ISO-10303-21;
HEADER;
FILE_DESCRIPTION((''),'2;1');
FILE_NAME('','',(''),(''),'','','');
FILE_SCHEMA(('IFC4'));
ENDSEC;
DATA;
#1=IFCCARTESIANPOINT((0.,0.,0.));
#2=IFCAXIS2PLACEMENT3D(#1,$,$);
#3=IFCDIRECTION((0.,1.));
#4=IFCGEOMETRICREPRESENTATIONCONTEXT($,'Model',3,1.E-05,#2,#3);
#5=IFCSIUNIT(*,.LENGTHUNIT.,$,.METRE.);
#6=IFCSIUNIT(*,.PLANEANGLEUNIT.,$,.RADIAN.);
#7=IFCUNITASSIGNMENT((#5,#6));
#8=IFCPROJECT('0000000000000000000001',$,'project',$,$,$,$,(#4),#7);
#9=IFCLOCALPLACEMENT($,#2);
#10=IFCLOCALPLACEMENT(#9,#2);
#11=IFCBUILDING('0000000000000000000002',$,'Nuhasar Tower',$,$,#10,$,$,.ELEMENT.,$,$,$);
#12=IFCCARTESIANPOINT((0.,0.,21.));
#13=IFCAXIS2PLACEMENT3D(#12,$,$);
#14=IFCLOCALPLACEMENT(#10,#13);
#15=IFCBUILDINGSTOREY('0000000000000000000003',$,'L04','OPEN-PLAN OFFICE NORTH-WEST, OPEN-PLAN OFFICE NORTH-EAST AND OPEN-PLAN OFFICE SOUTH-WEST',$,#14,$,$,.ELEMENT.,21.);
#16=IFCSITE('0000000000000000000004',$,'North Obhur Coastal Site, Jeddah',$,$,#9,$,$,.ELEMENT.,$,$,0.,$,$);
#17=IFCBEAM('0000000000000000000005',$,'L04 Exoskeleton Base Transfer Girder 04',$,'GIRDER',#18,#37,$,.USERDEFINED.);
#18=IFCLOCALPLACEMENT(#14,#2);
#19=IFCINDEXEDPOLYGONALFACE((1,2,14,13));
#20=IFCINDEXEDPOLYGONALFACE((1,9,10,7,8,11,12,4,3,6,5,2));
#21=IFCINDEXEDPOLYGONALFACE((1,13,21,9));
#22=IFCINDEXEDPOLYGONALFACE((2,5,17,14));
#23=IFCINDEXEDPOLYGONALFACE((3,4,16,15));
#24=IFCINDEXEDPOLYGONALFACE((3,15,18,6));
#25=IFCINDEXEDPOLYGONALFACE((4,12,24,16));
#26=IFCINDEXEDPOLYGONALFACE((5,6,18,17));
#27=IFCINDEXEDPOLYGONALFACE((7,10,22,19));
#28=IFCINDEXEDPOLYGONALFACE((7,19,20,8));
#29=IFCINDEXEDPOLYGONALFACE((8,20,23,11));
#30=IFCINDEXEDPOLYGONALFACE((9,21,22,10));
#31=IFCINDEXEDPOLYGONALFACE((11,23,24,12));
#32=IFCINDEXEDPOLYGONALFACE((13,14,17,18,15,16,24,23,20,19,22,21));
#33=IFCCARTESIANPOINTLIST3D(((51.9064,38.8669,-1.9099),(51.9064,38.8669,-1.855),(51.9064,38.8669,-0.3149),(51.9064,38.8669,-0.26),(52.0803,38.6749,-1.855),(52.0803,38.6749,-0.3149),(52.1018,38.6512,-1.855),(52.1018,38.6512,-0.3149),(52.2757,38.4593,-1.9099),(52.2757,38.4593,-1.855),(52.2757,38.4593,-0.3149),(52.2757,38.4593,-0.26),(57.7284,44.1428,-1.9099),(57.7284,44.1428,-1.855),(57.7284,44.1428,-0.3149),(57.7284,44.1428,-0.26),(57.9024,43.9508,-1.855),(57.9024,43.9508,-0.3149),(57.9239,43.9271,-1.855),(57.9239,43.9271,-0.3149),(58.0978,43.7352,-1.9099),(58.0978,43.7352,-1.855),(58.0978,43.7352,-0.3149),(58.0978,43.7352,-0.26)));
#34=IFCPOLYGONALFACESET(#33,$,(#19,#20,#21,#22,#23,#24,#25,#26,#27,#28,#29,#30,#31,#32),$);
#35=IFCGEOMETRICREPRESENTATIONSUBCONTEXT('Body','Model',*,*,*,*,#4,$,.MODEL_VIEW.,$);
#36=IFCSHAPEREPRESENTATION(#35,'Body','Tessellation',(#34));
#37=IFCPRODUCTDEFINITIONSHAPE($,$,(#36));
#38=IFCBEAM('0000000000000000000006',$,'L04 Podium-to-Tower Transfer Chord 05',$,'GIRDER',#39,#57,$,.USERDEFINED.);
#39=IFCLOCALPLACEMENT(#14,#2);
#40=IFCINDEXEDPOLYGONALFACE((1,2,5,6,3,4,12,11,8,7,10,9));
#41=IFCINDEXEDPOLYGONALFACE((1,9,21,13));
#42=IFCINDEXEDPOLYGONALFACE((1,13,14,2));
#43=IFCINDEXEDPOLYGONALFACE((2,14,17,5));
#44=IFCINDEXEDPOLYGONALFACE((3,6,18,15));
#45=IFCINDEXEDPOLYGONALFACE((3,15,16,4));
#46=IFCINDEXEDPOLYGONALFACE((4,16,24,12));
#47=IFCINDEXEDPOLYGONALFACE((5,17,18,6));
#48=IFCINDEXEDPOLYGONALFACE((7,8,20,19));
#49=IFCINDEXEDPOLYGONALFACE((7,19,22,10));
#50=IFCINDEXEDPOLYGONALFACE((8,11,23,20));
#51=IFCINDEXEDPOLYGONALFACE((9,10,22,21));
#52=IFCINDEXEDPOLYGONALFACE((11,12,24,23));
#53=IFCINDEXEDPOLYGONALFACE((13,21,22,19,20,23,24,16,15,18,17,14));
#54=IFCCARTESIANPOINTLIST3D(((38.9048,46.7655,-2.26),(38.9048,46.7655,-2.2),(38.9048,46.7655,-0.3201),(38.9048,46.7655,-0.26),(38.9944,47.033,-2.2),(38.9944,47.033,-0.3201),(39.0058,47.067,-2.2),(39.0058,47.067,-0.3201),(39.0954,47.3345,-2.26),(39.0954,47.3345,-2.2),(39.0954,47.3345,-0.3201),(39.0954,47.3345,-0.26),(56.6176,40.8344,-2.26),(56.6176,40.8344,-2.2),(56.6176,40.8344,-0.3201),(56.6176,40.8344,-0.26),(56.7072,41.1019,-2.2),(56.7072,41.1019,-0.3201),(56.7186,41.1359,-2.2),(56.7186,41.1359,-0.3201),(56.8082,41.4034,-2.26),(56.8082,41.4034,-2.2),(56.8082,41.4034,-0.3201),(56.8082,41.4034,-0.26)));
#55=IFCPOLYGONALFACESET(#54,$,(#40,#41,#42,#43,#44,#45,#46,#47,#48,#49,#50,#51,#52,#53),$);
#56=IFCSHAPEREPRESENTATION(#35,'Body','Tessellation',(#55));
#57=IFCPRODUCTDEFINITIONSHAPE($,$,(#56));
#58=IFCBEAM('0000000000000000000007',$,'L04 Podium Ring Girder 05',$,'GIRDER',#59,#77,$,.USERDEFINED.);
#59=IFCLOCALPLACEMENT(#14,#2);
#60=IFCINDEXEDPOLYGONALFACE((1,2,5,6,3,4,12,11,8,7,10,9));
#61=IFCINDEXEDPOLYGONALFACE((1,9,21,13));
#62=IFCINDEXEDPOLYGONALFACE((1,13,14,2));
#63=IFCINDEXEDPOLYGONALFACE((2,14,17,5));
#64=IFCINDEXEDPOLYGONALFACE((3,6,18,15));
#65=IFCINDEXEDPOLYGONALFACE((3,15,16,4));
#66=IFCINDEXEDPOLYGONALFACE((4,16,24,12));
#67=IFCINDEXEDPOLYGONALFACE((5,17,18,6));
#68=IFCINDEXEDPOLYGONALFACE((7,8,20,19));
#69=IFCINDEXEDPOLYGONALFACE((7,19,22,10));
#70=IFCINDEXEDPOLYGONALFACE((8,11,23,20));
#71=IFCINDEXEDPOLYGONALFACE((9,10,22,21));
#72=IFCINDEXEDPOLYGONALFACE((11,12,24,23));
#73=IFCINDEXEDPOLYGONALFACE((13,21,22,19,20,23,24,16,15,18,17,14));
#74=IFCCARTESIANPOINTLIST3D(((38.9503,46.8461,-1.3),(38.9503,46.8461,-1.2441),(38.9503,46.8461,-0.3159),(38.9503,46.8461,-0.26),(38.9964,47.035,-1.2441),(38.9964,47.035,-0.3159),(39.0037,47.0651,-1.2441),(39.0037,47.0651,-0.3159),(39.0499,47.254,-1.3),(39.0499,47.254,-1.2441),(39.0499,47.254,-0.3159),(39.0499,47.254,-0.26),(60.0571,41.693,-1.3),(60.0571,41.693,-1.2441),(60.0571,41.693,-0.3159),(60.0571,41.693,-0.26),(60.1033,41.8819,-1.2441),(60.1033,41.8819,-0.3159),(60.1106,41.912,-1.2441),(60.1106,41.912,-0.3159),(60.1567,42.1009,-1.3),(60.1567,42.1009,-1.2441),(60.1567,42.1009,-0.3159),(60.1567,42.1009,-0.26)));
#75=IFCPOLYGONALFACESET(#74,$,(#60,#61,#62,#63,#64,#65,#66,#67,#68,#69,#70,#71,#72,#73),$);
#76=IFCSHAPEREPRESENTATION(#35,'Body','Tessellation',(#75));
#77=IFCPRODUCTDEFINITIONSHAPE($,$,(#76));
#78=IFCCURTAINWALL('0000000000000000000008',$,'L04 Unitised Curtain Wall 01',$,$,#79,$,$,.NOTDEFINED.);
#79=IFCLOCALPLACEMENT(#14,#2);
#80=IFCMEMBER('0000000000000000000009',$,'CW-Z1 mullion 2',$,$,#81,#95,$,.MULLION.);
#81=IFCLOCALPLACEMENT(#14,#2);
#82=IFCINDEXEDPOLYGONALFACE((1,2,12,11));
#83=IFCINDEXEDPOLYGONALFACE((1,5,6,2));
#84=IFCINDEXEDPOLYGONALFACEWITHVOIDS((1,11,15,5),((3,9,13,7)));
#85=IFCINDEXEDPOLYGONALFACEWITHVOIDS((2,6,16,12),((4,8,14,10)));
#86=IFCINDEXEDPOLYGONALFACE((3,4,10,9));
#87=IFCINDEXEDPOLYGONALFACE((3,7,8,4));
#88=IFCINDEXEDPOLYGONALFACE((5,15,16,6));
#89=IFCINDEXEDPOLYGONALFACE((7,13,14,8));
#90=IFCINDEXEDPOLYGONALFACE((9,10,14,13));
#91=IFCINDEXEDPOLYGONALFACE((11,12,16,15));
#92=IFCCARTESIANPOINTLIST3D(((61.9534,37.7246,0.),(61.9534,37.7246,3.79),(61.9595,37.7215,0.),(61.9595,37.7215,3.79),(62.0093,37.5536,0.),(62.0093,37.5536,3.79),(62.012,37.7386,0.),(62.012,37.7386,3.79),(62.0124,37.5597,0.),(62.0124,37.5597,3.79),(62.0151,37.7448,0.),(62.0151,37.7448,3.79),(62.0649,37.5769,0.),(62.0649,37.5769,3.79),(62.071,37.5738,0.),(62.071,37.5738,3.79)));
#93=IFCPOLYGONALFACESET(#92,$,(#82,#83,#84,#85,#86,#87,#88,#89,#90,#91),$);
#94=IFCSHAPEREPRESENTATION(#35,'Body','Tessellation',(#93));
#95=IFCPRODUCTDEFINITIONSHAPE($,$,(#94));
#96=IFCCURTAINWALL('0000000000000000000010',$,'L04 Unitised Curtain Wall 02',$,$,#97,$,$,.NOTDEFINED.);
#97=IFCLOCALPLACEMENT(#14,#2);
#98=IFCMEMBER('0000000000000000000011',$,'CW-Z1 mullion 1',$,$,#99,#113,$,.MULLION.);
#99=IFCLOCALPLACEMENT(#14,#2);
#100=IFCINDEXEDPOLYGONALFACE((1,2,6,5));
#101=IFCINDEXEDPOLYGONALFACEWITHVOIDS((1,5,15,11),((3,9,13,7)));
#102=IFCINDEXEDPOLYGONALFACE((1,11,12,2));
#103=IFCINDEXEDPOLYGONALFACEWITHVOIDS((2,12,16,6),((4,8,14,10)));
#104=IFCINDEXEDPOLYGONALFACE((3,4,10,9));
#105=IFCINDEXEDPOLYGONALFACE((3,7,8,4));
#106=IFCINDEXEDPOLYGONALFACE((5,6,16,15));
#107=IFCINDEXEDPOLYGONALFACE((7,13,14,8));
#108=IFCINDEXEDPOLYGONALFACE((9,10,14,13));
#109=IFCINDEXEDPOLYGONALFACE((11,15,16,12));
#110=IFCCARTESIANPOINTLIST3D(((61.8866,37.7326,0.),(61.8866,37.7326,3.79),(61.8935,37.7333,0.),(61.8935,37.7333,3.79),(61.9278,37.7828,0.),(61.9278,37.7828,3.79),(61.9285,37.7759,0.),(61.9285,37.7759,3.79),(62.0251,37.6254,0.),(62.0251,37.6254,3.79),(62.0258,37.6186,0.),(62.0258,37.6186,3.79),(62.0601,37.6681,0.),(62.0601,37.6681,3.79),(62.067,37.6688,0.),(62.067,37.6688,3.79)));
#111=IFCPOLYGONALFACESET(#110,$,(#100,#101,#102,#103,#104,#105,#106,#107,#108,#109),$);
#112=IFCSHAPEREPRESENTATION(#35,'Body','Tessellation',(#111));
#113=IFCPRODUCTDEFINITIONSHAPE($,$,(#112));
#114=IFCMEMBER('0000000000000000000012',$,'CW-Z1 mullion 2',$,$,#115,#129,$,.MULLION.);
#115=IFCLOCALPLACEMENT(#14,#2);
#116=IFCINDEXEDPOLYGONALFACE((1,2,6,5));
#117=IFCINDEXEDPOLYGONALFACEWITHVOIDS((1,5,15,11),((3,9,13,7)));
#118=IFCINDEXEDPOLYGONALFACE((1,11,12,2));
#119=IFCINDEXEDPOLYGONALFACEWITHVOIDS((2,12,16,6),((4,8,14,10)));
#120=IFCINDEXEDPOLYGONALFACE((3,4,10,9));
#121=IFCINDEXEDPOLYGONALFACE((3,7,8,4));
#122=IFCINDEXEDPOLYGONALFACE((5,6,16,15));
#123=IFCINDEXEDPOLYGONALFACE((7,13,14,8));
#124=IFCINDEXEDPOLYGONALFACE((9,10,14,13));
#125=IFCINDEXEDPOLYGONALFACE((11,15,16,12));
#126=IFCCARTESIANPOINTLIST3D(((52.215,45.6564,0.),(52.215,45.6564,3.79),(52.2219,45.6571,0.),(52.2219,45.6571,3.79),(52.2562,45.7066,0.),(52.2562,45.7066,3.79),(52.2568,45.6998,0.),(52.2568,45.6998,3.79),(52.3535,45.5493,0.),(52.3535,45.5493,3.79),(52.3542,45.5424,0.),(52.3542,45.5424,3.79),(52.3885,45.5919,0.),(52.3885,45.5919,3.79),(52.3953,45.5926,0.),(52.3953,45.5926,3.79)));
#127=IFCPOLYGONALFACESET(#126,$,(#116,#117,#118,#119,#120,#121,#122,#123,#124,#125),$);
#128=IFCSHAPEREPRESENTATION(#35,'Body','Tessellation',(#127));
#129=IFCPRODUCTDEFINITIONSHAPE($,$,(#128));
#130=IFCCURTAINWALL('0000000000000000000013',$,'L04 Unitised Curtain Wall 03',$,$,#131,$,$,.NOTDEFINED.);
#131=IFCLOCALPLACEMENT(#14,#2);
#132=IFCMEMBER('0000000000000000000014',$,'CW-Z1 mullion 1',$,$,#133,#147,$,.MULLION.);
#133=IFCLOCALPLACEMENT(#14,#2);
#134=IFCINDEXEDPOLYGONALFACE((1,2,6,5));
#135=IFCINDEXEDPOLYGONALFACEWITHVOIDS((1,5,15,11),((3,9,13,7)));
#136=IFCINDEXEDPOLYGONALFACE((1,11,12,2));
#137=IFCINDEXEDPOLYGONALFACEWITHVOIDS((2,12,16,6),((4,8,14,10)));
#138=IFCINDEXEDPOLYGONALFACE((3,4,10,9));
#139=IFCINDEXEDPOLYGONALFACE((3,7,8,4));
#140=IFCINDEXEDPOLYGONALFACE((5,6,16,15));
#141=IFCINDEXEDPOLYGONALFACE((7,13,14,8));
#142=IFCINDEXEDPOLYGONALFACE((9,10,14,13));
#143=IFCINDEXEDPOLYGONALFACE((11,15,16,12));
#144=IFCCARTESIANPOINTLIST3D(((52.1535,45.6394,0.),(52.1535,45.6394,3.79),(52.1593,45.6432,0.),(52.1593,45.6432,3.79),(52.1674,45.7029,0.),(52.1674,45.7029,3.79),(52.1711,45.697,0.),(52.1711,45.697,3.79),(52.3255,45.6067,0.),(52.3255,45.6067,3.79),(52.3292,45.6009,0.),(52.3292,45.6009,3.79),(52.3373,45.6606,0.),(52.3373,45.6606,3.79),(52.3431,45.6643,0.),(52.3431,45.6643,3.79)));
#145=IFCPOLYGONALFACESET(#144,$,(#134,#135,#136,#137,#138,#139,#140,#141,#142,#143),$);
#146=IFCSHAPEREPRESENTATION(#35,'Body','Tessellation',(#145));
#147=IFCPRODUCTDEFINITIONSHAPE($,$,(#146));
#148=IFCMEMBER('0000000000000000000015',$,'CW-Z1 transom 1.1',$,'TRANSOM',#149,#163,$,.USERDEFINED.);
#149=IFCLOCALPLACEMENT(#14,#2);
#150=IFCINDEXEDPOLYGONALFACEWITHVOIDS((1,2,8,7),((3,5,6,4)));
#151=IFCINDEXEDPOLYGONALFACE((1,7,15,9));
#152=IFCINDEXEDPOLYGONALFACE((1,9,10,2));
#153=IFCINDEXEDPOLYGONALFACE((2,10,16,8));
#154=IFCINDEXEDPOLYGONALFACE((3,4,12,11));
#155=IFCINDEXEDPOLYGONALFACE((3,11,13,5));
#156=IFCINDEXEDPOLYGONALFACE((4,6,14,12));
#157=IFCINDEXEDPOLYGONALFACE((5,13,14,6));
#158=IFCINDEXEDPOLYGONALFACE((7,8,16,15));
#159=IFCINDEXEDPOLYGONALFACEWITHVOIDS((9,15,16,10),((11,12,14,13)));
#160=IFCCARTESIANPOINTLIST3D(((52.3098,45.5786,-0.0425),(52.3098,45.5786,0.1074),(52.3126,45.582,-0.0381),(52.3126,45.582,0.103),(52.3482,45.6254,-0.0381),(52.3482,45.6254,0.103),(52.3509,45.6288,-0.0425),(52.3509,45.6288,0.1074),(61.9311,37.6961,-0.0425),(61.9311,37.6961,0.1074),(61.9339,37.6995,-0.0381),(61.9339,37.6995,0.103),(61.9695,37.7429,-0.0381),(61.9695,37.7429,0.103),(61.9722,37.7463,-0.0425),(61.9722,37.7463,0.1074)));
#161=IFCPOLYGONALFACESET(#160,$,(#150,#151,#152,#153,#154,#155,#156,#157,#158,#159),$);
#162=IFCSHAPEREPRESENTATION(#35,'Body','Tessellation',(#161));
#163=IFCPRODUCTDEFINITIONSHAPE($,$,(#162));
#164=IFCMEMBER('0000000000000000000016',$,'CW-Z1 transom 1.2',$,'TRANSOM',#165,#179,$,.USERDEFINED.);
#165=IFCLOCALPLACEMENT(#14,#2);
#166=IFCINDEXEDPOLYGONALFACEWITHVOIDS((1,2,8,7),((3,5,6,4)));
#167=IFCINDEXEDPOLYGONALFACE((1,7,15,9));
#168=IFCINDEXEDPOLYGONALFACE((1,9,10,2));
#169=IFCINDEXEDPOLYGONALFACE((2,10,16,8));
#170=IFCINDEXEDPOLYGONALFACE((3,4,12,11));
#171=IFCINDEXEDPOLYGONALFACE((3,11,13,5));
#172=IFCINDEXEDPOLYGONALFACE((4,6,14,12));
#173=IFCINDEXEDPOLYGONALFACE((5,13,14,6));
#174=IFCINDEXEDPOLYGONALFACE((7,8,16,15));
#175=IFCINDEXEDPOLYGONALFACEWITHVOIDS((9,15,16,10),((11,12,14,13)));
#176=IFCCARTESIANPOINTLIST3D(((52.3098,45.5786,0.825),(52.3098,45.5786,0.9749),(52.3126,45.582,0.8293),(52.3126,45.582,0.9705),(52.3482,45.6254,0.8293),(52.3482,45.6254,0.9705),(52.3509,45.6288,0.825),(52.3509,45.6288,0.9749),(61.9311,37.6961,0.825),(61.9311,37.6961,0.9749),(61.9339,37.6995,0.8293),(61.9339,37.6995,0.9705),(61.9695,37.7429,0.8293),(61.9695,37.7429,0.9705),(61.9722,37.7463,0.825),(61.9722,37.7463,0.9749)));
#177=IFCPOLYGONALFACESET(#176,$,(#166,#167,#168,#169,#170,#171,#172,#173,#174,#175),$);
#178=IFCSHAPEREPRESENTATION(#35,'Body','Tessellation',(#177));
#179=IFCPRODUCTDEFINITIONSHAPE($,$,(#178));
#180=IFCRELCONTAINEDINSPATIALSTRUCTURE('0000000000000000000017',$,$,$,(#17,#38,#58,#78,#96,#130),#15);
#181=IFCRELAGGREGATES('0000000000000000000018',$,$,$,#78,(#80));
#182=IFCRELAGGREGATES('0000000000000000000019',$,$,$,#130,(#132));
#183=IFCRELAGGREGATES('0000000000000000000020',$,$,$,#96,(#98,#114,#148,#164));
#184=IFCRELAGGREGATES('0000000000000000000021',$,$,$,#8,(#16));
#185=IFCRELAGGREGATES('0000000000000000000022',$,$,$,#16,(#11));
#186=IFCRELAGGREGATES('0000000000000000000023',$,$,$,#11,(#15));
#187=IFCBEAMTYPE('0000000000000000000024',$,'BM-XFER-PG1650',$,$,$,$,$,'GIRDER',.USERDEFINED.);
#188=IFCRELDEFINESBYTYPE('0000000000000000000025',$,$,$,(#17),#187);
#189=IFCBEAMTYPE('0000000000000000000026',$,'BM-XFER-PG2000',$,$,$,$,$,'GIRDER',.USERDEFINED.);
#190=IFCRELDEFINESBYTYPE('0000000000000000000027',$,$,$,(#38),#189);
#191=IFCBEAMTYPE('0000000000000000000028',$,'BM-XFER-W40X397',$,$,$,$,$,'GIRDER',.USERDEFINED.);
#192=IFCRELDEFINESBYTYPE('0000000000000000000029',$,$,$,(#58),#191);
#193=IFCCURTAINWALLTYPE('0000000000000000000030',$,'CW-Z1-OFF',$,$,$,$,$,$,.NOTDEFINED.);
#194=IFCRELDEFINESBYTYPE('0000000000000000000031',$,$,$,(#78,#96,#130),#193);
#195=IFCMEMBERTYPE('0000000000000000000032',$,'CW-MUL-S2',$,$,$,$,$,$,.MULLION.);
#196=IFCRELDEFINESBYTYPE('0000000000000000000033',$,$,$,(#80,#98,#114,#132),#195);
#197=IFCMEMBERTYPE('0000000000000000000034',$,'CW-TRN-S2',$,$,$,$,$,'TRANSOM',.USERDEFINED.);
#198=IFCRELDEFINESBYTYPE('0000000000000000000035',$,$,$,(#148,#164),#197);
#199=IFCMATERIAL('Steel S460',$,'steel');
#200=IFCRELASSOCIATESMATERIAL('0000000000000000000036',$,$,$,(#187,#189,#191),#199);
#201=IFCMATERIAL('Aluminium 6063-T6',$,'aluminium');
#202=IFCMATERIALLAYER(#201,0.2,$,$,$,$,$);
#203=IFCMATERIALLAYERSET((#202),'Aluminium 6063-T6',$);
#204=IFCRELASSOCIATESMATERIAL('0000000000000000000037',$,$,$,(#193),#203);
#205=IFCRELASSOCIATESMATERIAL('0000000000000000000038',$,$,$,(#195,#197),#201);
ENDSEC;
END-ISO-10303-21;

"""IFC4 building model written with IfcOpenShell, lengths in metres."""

from ifc_helpers import new_model, si_unit, direction, frame, origin, origin_2d, place, context, subcontext, project, spatial, hollow_rectangle, i_section, extrude, material, layer, layer_set, material_profile, profile_set, type_object, element, aggregate, save


model = new_model("IFC4")

# Units and contexts
model_context = context("Model", 3, precision=1e-05, world=origin(), true_north=direction((0.0, 1.0)))
body_context = subcontext(model_context, "Body", "Model", "MODEL_VIEW")
ifc_project = project(units=[si_unit("LENGTHUNIT", "METRE"), si_unit("PLANEANGLEUNIT", "RADIAN")], contexts=[model_context])

# Site, building, storey
site_placement = place(None, origin())
site = spatial("IfcSite", under=ifc_project, at=site_placement, Name="North Obhur Coastal Site, Jeddah", CompositionType="ELEMENT", RefElevation=0.0)
building_placement = place(site_placement, origin())
building = spatial("IfcBuilding", under=site, at=building_placement, Name="Nuhasar Tower", CompositionType="ELEMENT")
storey_placement = place(building_placement, frame((0.0, 0.0, 21.0)))
storey = spatial("IfcBuildingStorey", under=building, at=storey_placement, Name="L04", Description="OPEN-PLAN OFFICE NORTH-WEST, OPEN-PLAN OFFICE NORTH-EAST AND OPEN-PLAN OFFICE SOUTH-WEST", CompositionType="ELEMENT", Elevation=21.0)

# Beams
ifc_material_1 = material(Name="Steel S460", Category="steel")
ifc_material_profile_1 = material_profile(ifc_material_1, i_section(OverallWidth=0.55, OverallDepth=1.6499, WebThickness=0.032, FlangeThickness=0.0549, at=origin_2d()), Name="PG1650X550")
ifc_profile_set_1 = profile_set([ifc_material_profile_1], Name="Steel S460")
beam_type_1 = type_object("IfcBeamType", Name="BM-XFER-PG1650", ElementType="GIRDER", PredefinedType="USERDEFINED", material=ifc_profile_set_1)
beam_1_placement = place(storey_placement, frame((52.0911, 38.6631, -1.085), z_axis=(0.741008, 0.671496, 0.0), x_axis=(-0.671496, 0.741008, 0.0)))
element("IfcBeam", 1, at=beam_1_placement, inside=storey, type_object=beam_type_1, Name="L04 Exoskeleton Base Transfer Girder 04", ObjectType="GIRDER", PredefinedType="USERDEFINED", context=body_context, shape_type="SweptSolid", body=[
    extrude(i_section(OverallWidth=0.55, OverallDepth=1.6499, WebThickness=0.032, FlangeThickness=0.0549, at=origin_2d()), origin(), (0.0, 0.0, 1.0), 7.8569),
])
ifc_material_profile_2 = material_profile(ifc_material_1, i_section(OverallWidth=0.6001, OverallDepth=2.0, WebThickness=0.0359, FlangeThickness=0.0601, at=origin_2d()), Name="PG2000X600")
ifc_profile_set_2 = profile_set([ifc_material_profile_2], Name="Steel S460")
beam_type_2 = type_object("IfcBeamType", Name="BM-XFER-PG2000", ElementType="GIRDER", PredefinedType="USERDEFINED", material=ifc_profile_set_2)
beam_2_placement = place(storey_placement, frame((56.7129, 41.1189, -1.26), z_axis=(-0.948251, 0.317521, 0.0), x_axis=(-0.317521, -0.948251, 0.0)))
element("IfcBeam", 2, at=beam_2_placement, inside=storey, type_object=beam_type_2, Name="L04 Podium-to-Tower Transfer Chord 05", ObjectType="GIRDER", PredefinedType="USERDEFINED", context=body_context, shape_type="SweptSolid", body=[
    extrude(i_section(OverallWidth=0.6001, OverallDepth=2.0, WebThickness=0.0359, FlangeThickness=0.0601, at=origin_2d()), origin(), (0.0, 0.0, 1.0), 18.6794),
])
ifc_material_profile_3 = material_profile(ifc_material_1, i_section(OverallWidth=0.4199, OverallDepth=1.04, WebThickness=0.031, FlangeThickness=0.0559, at=origin_2d()), Name="W40X397")
ifc_profile_set_3 = profile_set([ifc_material_profile_3], Name="Steel S460")
beam_type_3 = type_object("IfcBeamType", Name="BM-XFER-W40X397", ElementType="GIRDER", PredefinedType="USERDEFINED", material=ifc_profile_set_3)
beam_3_placement = place(storey_placement, frame((60.1069, 41.897, -0.78), z_axis=(-0.971467, 0.237175, 0.0), x_axis=(-0.237175, -0.971467, 0.0)))
element("IfcBeam", 3, at=beam_3_placement, inside=storey, type_object=beam_type_3, Name="L04 Podium Ring Girder 05", ObjectType="GIRDER", PredefinedType="USERDEFINED", context=body_context, shape_type="SweptSolid", body=[
    extrude(i_section(OverallWidth=0.4199, OverallDepth=1.04, WebThickness=0.031, FlangeThickness=0.0559, at=origin_2d()), origin(), (0.0, 0.0, 1.0), 21.7268),
])

# Curtain wall, member
ifc_material_2 = material(Name="Aluminium 6063-T6", Category="aluminium")
ifc_layer_1 = layer(ifc_material_2, 0.2)
ifc_layer_set_1 = layer_set([ifc_layer_1], Name="Aluminium 6063-T6")
curtain_wall_type = type_object("IfcCurtainWallType", Name="CW-Z1-OFF", PredefinedType="NOTDEFINED", material=ifc_layer_set_1)
curtain_wall_1_placement = place(storey_placement, origin())
curtain_wall_1 = element("IfcCurtainWall", 4, at=curtain_wall_1_placement, inside=storey, type_object=curtain_wall_type, Name="L04 Unitised Curtain Wall 01", PredefinedType="NOTDEFINED")
ifc_material_profile_4 = material_profile(ifc_material_2, hollow_rectangle(XDim=0.0649, YDim=0.1799, WallThickness=0.0049, at=origin_2d()), Name="CWM-2")
ifc_profile_set_4 = profile_set([ifc_material_profile_4], Name="Aluminium 6063-T6")
member_type_1 = type_object("IfcMemberType", Name="CW-MUL-S2", PredefinedType="MULLION", material=ifc_profile_set_4)
member_1_placement = place(storey_placement, frame((62.0122, 37.6492, 0.0), z_axis=(0.0, 0.0, 1.0), x_axis=(-0.950468, -0.310824, 0.0)))
member_1 = element("IfcMember", 5, at=member_1_placement, type_object=member_type_1, Name="CW-Z1 mullion 2", PredefinedType="MULLION", context=body_context, shape_type="SweptSolid", body=[
    extrude(hollow_rectangle(XDim=0.0649, YDim=0.1799, WallThickness=0.0049, at=origin_2d()), origin(), (0.0, 0.0, 1.0), 3.79),
])
aggregate(curtain_wall_1, [member_1])

# Curtain wall, members
curtain_wall_2_placement = place(storey_placement, origin())
curtain_wall_2 = element("IfcCurtainWall", 6, at=curtain_wall_2_placement, inside=storey, type_object=curtain_wall_type, Name="L04 Unitised Curtain Wall 02", PredefinedType="NOTDEFINED")
member_2_placement = place(storey_placement, frame((61.9768, 37.7007, 0.0), z_axis=(0.0, 0.0, 1.0), x_axis=(-0.633745, -0.773542, 0.0)))
member_2 = element("IfcMember", 7, at=member_2_placement, type_object=member_type_1, Name="CW-Z1 mullion 1", PredefinedType="MULLION", context=body_context, shape_type="SweptSolid", body=[
    extrude(hollow_rectangle(XDim=0.0649, YDim=0.1799, WallThickness=0.0049, at=origin_2d()), origin(), (0.0, 0.0, 1.0), 3.79),
])
member_3_placement = place(storey_placement, frame((52.3052, 45.6245, 0.0), z_axis=(0.0, 0.0, 1.0), x_axis=(-0.633745, -0.773542, 0.0)))
member_3 = element("IfcMember", 8, at=member_3_placement, type_object=member_type_1, Name="CW-Z1 mullion 2", PredefinedType="MULLION", context=body_context, shape_type="SweptSolid", body=[
    extrude(hollow_rectangle(XDim=0.0649, YDim=0.1799, WallThickness=0.0049, at=origin_2d()), origin(), (0.0, 0.0, 1.0), 3.79),
])

# Curtain wall, member
curtain_wall_3_placement = place(storey_placement, origin())
curtain_wall_3 = element("IfcCurtainWall", 9, at=curtain_wall_3_placement, inside=storey, type_object=curtain_wall_type, Name="L04 Unitised Curtain Wall 03", PredefinedType="NOTDEFINED")
member_4_placement = place(storey_placement, frame((52.2483, 45.6519, 0.0), z_axis=(0.0, 0.0, 1.0), x_axis=(-0.214399, -0.976746, 0.0)))
member_4 = element("IfcMember", 10, at=member_4_placement, type_object=member_type_1, Name="CW-Z1 mullion 1", PredefinedType="MULLION", context=body_context, shape_type="SweptSolid", body=[
    extrude(hollow_rectangle(XDim=0.0649, YDim=0.1799, WallThickness=0.0049, at=origin_2d()), origin(), (0.0, 0.0, 1.0), 3.79),
])

# Members
ifc_material_profile_5 = material_profile(ifc_material_2, hollow_rectangle(XDim=0.0649, YDim=0.1499, WallThickness=0.0044, at=origin_2d()), Name="CWT-2")
ifc_profile_set_5 = profile_set([ifc_material_profile_5], Name="Aluminium 6063-T6")
member_type_2 = type_object("IfcMemberType", Name="CW-TRN-S2", ElementType="TRANSOM", PredefinedType="USERDEFINED", material=ifc_profile_set_5)
member_5_placement = place(storey_placement, frame((61.9517, 37.7212, 0.0325), z_axis=(-0.773541, 0.633746, 0.0), x_axis=(-0.633746, -0.773541, 0.0)))
member_5 = element("IfcMember", 11, at=member_5_placement, type_object=member_type_2, Name="CW-Z1 transom 1.1", ObjectType="TRANSOM", PredefinedType="USERDEFINED", context=body_context, shape_type="SweptSolid", body=[
    extrude(hollow_rectangle(XDim=0.0649, YDim=0.1499, WallThickness=0.0044, at=origin_2d()), origin(), (0.0, 0.0, 1.0), 12.438),
])
member_6_placement = place(storey_placement, frame((61.9517, 37.7212, 0.8999), z_axis=(-0.773541, 0.633746, 0.0), x_axis=(-0.633746, -0.773541, 0.0)))
member_6 = element("IfcMember", 12, at=member_6_placement, type_object=member_type_2, Name="CW-Z1 transom 1.2", ObjectType="TRANSOM", PredefinedType="USERDEFINED", context=body_context, shape_type="SweptSolid", body=[
    extrude(hollow_rectangle(XDim=0.0649, YDim=0.1499, WallThickness=0.0044, at=origin_2d()), origin(), (0.0, 0.0, 1.0), 12.438),
])
aggregate(curtain_wall_3, [member_4])

aggregate(curtain_wall_2, [member_2, member_3, member_5, member_6])

save(model, "model.ifc")
